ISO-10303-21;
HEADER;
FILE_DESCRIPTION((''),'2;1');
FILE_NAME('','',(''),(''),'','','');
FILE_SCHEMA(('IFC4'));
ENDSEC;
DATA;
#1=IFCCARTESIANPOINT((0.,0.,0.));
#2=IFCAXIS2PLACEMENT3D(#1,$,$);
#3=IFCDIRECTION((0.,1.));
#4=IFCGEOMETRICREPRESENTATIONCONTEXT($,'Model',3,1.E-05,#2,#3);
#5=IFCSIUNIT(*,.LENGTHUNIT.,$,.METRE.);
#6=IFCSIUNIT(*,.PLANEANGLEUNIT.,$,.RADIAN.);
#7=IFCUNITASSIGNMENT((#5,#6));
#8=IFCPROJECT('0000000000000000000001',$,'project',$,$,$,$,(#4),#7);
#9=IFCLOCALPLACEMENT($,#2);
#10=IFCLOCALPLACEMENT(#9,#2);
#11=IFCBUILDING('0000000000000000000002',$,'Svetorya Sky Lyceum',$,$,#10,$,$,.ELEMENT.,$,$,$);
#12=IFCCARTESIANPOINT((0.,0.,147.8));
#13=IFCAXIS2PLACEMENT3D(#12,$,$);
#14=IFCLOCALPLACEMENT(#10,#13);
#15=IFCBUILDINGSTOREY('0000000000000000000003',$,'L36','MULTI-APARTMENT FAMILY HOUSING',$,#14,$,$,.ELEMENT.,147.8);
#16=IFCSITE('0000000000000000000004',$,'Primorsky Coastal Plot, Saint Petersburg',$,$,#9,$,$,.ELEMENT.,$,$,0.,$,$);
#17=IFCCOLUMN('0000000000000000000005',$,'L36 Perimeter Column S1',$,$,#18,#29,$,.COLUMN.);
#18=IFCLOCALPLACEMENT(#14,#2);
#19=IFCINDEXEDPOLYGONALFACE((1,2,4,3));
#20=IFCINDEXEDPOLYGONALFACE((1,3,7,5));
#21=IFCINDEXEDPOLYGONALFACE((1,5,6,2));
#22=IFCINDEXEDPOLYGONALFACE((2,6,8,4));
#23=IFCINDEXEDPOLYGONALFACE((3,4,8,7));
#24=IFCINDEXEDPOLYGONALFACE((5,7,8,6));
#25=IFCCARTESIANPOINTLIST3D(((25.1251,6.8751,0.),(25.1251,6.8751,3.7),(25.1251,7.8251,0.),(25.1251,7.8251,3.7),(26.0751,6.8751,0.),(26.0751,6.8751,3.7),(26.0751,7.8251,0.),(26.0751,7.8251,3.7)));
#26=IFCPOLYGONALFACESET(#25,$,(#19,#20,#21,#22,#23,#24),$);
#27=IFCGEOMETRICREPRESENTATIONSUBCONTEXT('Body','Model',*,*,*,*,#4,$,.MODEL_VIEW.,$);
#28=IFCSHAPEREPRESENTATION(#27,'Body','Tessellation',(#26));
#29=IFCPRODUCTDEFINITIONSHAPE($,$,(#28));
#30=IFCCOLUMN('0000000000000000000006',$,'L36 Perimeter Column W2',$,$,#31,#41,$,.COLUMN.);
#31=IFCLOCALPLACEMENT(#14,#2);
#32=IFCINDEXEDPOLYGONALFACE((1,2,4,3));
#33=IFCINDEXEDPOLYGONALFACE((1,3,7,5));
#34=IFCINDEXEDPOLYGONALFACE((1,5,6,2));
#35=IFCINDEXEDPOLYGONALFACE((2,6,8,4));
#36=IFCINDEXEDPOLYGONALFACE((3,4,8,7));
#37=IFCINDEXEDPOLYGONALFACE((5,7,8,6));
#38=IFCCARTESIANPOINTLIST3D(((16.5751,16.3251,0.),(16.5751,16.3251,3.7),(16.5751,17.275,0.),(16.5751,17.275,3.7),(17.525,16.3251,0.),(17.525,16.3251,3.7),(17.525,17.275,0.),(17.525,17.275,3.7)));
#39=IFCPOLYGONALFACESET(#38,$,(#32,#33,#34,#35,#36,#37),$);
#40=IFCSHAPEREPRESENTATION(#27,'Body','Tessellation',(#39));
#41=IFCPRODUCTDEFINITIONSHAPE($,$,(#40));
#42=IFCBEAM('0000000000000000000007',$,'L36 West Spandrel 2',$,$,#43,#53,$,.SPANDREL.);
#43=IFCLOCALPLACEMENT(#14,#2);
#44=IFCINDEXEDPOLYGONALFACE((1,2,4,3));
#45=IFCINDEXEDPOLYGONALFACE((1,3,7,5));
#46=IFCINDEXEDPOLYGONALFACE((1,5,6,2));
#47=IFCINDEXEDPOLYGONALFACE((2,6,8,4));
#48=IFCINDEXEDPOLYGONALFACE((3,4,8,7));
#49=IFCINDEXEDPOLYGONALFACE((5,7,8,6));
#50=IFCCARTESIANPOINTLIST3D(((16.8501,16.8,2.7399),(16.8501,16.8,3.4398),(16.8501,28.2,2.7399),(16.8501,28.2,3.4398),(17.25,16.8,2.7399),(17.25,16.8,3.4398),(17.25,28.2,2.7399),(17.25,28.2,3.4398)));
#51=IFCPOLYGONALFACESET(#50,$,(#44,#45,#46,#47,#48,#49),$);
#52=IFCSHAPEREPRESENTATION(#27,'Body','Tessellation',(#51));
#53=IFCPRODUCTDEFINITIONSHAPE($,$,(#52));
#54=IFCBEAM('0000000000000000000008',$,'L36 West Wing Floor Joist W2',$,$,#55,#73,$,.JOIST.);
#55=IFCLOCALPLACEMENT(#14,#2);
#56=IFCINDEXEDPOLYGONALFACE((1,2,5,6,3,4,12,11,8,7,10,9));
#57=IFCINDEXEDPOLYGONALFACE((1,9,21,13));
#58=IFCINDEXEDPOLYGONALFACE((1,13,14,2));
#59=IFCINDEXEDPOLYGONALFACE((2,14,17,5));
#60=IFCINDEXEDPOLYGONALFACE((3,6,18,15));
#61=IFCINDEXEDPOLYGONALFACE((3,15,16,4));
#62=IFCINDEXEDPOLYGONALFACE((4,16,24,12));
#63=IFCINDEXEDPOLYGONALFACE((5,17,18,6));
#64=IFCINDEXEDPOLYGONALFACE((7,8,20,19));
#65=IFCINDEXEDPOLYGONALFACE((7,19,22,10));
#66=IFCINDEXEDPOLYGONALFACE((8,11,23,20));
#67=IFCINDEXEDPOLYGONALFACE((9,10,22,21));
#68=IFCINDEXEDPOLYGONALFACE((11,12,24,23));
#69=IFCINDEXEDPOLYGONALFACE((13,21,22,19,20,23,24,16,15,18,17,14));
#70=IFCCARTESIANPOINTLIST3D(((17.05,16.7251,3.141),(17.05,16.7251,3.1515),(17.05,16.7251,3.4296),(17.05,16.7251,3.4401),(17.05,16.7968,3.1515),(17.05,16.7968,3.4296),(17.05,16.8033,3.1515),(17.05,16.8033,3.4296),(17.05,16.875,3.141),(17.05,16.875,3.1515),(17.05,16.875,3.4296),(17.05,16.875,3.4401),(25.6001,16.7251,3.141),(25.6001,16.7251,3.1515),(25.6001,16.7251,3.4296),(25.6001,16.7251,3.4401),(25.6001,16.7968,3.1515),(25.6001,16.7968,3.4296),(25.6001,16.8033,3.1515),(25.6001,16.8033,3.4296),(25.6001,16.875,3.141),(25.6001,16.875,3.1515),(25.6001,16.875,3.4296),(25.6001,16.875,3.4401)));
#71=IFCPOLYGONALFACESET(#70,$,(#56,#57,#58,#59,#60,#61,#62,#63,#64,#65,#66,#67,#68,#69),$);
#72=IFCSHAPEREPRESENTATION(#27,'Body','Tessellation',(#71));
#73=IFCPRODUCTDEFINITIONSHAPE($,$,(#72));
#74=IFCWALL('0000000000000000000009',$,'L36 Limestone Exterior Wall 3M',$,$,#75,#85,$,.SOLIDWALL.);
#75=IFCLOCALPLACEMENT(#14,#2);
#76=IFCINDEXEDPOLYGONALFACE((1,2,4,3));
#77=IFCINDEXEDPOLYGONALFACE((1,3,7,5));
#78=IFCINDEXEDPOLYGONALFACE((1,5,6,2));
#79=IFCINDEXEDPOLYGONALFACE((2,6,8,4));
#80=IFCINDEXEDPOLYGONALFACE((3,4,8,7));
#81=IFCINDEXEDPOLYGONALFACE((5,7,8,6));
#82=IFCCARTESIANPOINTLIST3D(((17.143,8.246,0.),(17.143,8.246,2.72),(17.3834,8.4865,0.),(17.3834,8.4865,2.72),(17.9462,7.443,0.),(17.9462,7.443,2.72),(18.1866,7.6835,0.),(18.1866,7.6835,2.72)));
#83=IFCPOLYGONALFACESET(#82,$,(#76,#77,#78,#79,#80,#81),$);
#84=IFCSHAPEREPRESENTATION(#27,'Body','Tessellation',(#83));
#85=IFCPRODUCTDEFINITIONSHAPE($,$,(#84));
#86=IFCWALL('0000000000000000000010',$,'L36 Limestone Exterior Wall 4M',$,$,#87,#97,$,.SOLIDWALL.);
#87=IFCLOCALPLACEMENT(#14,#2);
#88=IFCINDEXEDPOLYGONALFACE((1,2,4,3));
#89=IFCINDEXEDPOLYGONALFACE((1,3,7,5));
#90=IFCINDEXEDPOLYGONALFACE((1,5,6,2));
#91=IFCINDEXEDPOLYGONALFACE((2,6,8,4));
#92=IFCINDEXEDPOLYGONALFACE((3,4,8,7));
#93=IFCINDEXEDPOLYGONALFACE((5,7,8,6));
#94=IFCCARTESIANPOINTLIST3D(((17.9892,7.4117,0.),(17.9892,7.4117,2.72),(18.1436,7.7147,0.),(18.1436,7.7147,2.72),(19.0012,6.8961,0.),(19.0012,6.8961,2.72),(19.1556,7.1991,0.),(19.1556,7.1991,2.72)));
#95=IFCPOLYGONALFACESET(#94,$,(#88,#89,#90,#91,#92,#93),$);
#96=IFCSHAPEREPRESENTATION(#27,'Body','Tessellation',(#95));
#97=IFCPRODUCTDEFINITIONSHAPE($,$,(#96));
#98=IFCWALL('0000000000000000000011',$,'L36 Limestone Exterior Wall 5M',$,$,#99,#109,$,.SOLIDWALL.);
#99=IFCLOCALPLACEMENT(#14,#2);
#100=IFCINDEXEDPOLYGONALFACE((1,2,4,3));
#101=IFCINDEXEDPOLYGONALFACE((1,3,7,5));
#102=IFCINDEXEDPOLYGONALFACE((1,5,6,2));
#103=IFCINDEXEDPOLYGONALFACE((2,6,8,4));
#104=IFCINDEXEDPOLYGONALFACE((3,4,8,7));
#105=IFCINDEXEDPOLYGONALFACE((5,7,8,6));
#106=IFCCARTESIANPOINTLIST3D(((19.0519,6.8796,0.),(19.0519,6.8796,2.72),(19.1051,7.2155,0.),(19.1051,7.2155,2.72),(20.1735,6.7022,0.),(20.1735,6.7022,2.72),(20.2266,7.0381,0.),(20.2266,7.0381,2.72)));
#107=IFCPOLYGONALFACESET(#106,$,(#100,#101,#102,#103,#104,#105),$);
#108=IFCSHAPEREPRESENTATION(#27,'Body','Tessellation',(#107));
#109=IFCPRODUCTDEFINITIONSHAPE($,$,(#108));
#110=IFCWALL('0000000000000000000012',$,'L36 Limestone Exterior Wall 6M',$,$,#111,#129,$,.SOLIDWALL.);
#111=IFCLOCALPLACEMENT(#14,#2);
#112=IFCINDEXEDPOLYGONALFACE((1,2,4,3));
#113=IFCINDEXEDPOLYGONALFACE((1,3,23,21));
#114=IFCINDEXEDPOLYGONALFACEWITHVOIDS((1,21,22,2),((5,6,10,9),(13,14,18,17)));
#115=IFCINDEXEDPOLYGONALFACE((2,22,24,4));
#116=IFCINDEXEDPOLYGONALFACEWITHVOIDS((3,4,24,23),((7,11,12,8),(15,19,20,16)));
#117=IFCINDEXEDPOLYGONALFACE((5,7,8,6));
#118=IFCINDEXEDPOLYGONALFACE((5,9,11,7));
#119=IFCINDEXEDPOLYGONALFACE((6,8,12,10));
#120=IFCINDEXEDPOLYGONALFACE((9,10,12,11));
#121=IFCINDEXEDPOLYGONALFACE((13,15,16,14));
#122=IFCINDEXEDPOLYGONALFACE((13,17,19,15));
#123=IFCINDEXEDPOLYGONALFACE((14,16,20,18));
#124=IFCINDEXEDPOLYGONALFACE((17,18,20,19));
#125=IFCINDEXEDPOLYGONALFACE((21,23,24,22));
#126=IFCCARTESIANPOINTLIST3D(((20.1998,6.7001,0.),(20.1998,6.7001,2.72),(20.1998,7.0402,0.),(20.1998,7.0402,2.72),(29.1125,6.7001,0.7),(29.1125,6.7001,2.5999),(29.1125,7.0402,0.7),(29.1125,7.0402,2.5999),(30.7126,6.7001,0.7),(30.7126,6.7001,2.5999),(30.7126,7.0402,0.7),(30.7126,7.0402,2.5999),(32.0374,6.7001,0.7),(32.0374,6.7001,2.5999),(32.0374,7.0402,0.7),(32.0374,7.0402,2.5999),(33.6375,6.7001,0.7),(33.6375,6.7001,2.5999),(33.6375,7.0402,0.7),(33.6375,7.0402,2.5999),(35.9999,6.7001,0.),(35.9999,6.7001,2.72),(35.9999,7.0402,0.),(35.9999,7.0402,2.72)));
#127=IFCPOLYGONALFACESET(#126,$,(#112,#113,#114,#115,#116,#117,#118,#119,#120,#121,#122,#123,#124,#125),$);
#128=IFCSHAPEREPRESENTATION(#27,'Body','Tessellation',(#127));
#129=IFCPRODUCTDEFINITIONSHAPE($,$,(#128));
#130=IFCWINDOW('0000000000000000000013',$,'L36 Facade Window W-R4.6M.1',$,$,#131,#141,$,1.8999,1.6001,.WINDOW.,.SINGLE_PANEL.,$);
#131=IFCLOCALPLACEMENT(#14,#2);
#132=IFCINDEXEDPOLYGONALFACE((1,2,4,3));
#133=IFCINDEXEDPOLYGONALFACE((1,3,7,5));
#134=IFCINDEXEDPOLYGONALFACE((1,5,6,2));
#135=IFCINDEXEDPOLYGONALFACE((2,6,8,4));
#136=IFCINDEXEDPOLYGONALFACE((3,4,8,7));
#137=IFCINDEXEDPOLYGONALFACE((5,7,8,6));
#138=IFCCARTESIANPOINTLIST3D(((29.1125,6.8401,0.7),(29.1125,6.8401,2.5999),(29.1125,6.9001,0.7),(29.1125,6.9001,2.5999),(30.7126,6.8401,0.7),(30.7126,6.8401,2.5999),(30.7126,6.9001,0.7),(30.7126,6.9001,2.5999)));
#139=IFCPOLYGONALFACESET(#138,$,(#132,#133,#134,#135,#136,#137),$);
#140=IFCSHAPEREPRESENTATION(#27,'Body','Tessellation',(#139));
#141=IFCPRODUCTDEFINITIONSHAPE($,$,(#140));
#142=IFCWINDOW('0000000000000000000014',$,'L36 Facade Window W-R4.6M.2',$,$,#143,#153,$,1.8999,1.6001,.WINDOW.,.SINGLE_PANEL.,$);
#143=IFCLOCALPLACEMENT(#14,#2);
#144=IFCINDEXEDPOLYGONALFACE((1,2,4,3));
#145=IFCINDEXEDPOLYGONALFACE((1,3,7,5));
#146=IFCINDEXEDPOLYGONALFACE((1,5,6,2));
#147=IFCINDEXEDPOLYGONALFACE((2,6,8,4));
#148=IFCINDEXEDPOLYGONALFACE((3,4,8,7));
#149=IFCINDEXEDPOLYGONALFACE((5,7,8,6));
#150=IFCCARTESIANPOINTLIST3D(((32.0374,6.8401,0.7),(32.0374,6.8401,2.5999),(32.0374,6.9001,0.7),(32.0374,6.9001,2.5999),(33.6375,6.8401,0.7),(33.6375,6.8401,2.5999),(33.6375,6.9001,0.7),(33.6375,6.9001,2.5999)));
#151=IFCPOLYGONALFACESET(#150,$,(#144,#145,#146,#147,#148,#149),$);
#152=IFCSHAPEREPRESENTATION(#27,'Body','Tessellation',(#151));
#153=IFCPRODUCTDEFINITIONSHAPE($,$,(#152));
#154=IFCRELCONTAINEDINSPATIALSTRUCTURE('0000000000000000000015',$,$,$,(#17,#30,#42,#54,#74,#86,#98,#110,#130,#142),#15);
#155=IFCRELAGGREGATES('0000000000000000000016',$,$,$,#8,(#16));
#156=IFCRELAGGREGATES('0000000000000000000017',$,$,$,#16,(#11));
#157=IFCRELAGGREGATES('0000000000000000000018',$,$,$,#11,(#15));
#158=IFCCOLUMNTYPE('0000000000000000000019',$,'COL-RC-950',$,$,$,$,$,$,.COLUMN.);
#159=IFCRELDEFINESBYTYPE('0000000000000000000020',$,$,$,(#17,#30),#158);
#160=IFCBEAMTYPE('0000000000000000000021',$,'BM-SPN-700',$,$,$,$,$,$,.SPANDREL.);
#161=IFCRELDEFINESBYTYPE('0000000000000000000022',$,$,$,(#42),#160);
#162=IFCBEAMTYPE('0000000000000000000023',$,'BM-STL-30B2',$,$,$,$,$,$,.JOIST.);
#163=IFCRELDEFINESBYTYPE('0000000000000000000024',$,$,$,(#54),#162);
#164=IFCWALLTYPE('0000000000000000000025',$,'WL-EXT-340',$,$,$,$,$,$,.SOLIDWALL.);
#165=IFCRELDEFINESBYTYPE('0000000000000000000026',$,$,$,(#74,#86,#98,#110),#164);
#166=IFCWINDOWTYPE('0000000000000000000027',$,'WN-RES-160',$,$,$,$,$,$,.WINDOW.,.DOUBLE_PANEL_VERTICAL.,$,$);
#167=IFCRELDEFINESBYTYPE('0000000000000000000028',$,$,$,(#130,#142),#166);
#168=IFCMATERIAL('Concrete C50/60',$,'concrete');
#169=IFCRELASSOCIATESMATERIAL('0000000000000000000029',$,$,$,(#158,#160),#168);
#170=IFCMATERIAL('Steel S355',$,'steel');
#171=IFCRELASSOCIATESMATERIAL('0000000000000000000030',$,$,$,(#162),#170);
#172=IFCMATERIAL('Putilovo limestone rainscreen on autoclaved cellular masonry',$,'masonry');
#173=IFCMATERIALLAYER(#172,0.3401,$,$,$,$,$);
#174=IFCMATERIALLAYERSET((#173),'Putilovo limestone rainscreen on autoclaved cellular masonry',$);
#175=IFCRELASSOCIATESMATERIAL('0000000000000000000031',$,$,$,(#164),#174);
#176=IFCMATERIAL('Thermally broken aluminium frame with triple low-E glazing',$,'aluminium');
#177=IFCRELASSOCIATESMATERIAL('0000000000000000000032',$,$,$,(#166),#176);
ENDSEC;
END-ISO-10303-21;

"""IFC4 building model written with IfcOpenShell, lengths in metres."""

from ifc_helpers import new_model, si_unit, direction, frame, frame_2d, origin, origin_2d, place, context, subcontext, project, spatial, rectangle, i_section, extrude, material, layer, layer_set, material_profile, profile_set, type_object, element, fill, save


model = new_model("IFC4")

# Units and contexts
model_context = context("Model", 3, precision=1e-05, world=origin(), true_north=direction((0.0, 1.0)))
body_context = subcontext(model_context, "Body", "Model", "MODEL_VIEW")
ifc_project = project(units=[si_unit("LENGTHUNIT", "METRE"), si_unit("PLANEANGLEUNIT", "RADIAN")], contexts=[model_context])

# Site, building, storey
site_placement = place(None, origin())
site = spatial("IfcSite", under=ifc_project, at=site_placement, Name="Primorsky Coastal Plot, Saint Petersburg", CompositionType="ELEMENT", RefElevation=0.0)
building_placement = place(site_placement, origin())
building = spatial("IfcBuilding", under=site, at=building_placement, Name="Svetorya Sky Lyceum", CompositionType="ELEMENT")
storey_placement = place(building_placement, frame((0.0, 0.0, 147.8)))
storey = spatial("IfcBuildingStorey", under=building, at=storey_placement, Name="L36", Description="MULTI-APARTMENT FAMILY HOUSING", CompositionType="ELEMENT", Elevation=147.8)

# Columns
ifc_material_1 = material(Name="Concrete C50/60", Category="concrete")
ifc_material_profile_1 = material_profile(ifc_material_1, rectangle(XDim=0.95, YDim=0.95, at=origin_2d()), Name="RC COL 950x950")
ifc_profile_set_1 = profile_set([ifc_material_profile_1], Name="Concrete C50/60")
column_type = type_object("IfcColumnType", Name="COL-RC-950", PredefinedType="COLUMN", material=ifc_profile_set_1)
for number, where, z_axis, x_axis, name in (
    (1, (25.6001, 7.3501, 0.0), (0.0, 0.0, 1.0), (1.0, 0.0, 0.0), "L36 Perimeter Column S1"),
    (2, (17.05, 16.8, 0.0), (0.0, 0.0, 1.0), (1.0, 0.0, 0.0), "L36 Perimeter Column W2"),
):
    element("IfcColumn", number, at=place(storey_placement, frame(where, z_axis=z_axis, x_axis=x_axis)), inside=storey, type_object=column_type, Name=name, PredefinedType="COLUMN", context=body_context, shape_type="SweptSolid", body=[
        extrude(rectangle(XDim=0.95, YDim=0.95, at=origin_2d()), origin(), (0.0, 0.0, 1.0), 3.7),
    ])

# Beams
ifc_material_profile_2 = material_profile(ifc_material_1, rectangle(XDim=0.3999, YDim=0.7, at=origin_2d()), Name="RC SPANDREL 400x700")
ifc_profile_set_2 = profile_set([ifc_material_profile_2], Name="Concrete C50/60")
beam_type_1 = type_object("IfcBeamType", Name="BM-SPN-700", PredefinedType="SPANDREL", material=ifc_profile_set_2)
beam_1_placement = place(storey_placement, frame((17.05, 16.8, 3.0898), z_axis=(0.0, 1.0, 0.0), x_axis=(-1.0, 0.0, 0.0)))
element("IfcBeam", 3, at=beam_1_placement, inside=storey, type_object=beam_type_1, Name="L36 West Spandrel 2", PredefinedType="SPANDREL", context=body_context, shape_type="SweptSolid", body=[
    extrude(rectangle(XDim=0.3999, YDim=0.7, at=origin_2d()), origin(), (0.0, 0.0, 1.0), 11.3999),
])
ifc_material_2 = material(Name="Steel S355", Category="steel")
ifc_material_profile_3 = material_profile(ifc_material_2, i_section(OverallWidth=0.1499, OverallDepth=0.2991, WebThickness=0.0066, FlangeThickness=0.0105, at=origin_2d()), Name="GOST 30B2")
ifc_profile_set_3 = profile_set([ifc_material_profile_3], Name="Steel S355")
beam_type_2 = type_object("IfcBeamType", Name="BM-STL-30B2", PredefinedType="JOIST", material=ifc_profile_set_3)
beam_2_placement = place(storey_placement, frame((17.05, 16.8, 3.2905), z_axis=(1.0, 0.0, 0.0), x_axis=(0.0, 1.0, 0.0)))
element("IfcBeam", 4, at=beam_2_placement, inside=storey, type_object=beam_type_2, Name="L36 West Wing Floor Joist W2", PredefinedType="JOIST", context=body_context, shape_type="SweptSolid", body=[
    extrude(i_section(OverallWidth=0.1499, OverallDepth=0.2991, WebThickness=0.0066, FlangeThickness=0.0105, at=origin_2d()), origin(), (0.0, 0.0, 1.0), 8.55),
])

# Walls
ifc_material_3 = material(Name="Putilovo limestone rainscreen on autoclaved cellular masonry", Category="masonry")
ifc_layer_1 = layer(ifc_material_3, 0.3401)
ifc_layer_set_1 = layer_set([ifc_layer_1], Name="Putilovo limestone rainscreen on autoclaved cellular masonry")
wall_type_1 = type_object("IfcWallType", Name="WL-EXT-340", PredefinedType="SOLIDWALL", material=ifc_layer_set_1)
for number, where, z_axis, x_axis, name in (
    (5, (17.2632, 8.3662, 0.0), (0.0, 0.0, 1.0), (0.707214, -0.706999, 0.0), "L36 Limestone Exterior Wall 3M"),
    (6, (18.0664, 7.5632, 0.0), (0.0, 0.0, 1.0), (0.891005, -0.453993, 0.0), "L36 Limestone Exterior Wall 4M"),
):
    element("IfcWall", number, at=place(storey_placement, frame(where, z_axis=z_axis, x_axis=x_axis)), inside=storey, type_object=wall_type_1, Name=name, PredefinedType="SOLIDWALL", context=body_context, shape_type="SweptSolid", body=[
        extrude(rectangle(XDim=1.1357, YDim=0.3401, at=frame_2d((0.5679, 0.0))), origin(), (0.0, 0.0, 1.0), 2.72),
    ])
wall_1_placement = place(storey_placement, frame((19.0784, 7.0476, 0.0), z_axis=(0.0, 0.0, 1.0), x_axis=(0.987709, -0.156305, 0.0)))
element("IfcWall", 7, at=wall_1_placement, inside=storey, type_object=wall_type_1, Name="L36 Limestone Exterior Wall 5M", PredefinedType="SOLIDWALL", context=body_context, shape_type="SweptSolid", body=[
    extrude(rectangle(XDim=1.1355, YDim=0.3401, at=frame_2d((0.5679, 0.0))), origin(), (0.0, 0.0, 1.0), 2.72),
])

# Wall, openings, windows
wall_2_placement = place(storey_placement, frame((20.2, 6.8701, 0.0), z_axis=(0.0, 0.0, 1.0), x_axis=(1.0, 0.0, 0.0)))
wall_2 = element("IfcWall", 8, at=wall_2_placement, inside=storey, type_object=wall_type_1, Name="L36 Limestone Exterior Wall 6M", PredefinedType="SOLIDWALL", context=body_context, shape_type="SweptSolid", body=[
    extrude(rectangle(XDim=15.8, YDim=0.3401, at=frame_2d((7.8999, 0.0))), origin(), (0.0, 0.0, 1.0), 2.72),
])
opening_1_placement = place(wall_2_placement, frame((8.9126, 0.0, 0.7)))
opening_1 = element("IfcOpeningElement", 9, at=opening_1_placement, cuts=wall_2, PredefinedType="OPENING", context=body_context, shape_type="SweptSolid", body=[
    extrude(rectangle(XDim=1.6001, YDim=1.8999, at=frame_2d((0.8, 0.95))), frame((0.0, 0.1799, 0.0), z_axis=(0.0, -1.0, 0.0), x_axis=(1.0, 0.0, 0.0)), (0.0, 0.0, 1.0), 0.3601),
])
opening_2_placement = place(wall_2_placement, frame((11.8374, 0.0, 0.7)))
opening_2 = element("IfcOpeningElement", 10, at=opening_2_placement, cuts=wall_2, PredefinedType="OPENING", context=body_context, shape_type="SweptSolid", body=[
    extrude(rectangle(XDim=1.6001, YDim=1.8999, at=frame_2d((0.8, 0.95))), frame((0.0, 0.1799, 0.0), z_axis=(0.0, -1.0, 0.0), x_axis=(1.0, 0.0, 0.0)), (0.0, 0.0, 1.0), 0.3601),
])
ifc_material_4 = material(Name="Thermally broken aluminium frame with triple low-E glazing", Category="aluminium")
window_type = type_object("IfcWindowType", Name="WN-RES-160", PartitioningType="DOUBLE_PANEL_VERTICAL", PredefinedType="WINDOW", material=ifc_material_4)
window_1_placement = place(opening_1_placement, origin())
window_1 = element("IfcWindow", 11, at=window_1_placement, inside=storey, type_object=window_type, Name="L36 Facade Window W-R4.6M.1", OverallHeight=1.8999, OverallWidth=1.6001, PartitioningType="SINGLE_PANEL", PredefinedType="WINDOW", context=body_context, shape_type="SweptSolid", body=[
    extrude(rectangle(XDim=1.6001, YDim=1.8999, at=frame_2d((0.8, 0.95))), frame((0.0, 0.03, 0.0), z_axis=(0.0, -1.0, 0.0), x_axis=(1.0, 0.0, 0.0)), (0.0, 0.0, 1.0), 0.0601),
])
fill(opening_1, window_1)
window_2_placement = place(opening_2_placement, origin())
window_2 = element("IfcWindow", 12, at=window_2_placement, inside=storey, type_object=window_type, Name="L36 Facade Window W-R4.6M.2", OverallHeight=1.8999, OverallWidth=1.6001, PartitioningType="SINGLE_PANEL", PredefinedType="WINDOW", context=body_context, shape_type="SweptSolid", body=[
    extrude(rectangle(XDim=1.6001, YDim=1.8999, at=frame_2d((0.8, 0.95))), frame((0.0, 0.03, 0.0), z_axis=(0.0, -1.0, 0.0), x_axis=(1.0, 0.0, 0.0)), (0.0, 0.0, 1.0), 0.0601),
])
fill(opening_2, window_2)

save(model, "model.ifc")
